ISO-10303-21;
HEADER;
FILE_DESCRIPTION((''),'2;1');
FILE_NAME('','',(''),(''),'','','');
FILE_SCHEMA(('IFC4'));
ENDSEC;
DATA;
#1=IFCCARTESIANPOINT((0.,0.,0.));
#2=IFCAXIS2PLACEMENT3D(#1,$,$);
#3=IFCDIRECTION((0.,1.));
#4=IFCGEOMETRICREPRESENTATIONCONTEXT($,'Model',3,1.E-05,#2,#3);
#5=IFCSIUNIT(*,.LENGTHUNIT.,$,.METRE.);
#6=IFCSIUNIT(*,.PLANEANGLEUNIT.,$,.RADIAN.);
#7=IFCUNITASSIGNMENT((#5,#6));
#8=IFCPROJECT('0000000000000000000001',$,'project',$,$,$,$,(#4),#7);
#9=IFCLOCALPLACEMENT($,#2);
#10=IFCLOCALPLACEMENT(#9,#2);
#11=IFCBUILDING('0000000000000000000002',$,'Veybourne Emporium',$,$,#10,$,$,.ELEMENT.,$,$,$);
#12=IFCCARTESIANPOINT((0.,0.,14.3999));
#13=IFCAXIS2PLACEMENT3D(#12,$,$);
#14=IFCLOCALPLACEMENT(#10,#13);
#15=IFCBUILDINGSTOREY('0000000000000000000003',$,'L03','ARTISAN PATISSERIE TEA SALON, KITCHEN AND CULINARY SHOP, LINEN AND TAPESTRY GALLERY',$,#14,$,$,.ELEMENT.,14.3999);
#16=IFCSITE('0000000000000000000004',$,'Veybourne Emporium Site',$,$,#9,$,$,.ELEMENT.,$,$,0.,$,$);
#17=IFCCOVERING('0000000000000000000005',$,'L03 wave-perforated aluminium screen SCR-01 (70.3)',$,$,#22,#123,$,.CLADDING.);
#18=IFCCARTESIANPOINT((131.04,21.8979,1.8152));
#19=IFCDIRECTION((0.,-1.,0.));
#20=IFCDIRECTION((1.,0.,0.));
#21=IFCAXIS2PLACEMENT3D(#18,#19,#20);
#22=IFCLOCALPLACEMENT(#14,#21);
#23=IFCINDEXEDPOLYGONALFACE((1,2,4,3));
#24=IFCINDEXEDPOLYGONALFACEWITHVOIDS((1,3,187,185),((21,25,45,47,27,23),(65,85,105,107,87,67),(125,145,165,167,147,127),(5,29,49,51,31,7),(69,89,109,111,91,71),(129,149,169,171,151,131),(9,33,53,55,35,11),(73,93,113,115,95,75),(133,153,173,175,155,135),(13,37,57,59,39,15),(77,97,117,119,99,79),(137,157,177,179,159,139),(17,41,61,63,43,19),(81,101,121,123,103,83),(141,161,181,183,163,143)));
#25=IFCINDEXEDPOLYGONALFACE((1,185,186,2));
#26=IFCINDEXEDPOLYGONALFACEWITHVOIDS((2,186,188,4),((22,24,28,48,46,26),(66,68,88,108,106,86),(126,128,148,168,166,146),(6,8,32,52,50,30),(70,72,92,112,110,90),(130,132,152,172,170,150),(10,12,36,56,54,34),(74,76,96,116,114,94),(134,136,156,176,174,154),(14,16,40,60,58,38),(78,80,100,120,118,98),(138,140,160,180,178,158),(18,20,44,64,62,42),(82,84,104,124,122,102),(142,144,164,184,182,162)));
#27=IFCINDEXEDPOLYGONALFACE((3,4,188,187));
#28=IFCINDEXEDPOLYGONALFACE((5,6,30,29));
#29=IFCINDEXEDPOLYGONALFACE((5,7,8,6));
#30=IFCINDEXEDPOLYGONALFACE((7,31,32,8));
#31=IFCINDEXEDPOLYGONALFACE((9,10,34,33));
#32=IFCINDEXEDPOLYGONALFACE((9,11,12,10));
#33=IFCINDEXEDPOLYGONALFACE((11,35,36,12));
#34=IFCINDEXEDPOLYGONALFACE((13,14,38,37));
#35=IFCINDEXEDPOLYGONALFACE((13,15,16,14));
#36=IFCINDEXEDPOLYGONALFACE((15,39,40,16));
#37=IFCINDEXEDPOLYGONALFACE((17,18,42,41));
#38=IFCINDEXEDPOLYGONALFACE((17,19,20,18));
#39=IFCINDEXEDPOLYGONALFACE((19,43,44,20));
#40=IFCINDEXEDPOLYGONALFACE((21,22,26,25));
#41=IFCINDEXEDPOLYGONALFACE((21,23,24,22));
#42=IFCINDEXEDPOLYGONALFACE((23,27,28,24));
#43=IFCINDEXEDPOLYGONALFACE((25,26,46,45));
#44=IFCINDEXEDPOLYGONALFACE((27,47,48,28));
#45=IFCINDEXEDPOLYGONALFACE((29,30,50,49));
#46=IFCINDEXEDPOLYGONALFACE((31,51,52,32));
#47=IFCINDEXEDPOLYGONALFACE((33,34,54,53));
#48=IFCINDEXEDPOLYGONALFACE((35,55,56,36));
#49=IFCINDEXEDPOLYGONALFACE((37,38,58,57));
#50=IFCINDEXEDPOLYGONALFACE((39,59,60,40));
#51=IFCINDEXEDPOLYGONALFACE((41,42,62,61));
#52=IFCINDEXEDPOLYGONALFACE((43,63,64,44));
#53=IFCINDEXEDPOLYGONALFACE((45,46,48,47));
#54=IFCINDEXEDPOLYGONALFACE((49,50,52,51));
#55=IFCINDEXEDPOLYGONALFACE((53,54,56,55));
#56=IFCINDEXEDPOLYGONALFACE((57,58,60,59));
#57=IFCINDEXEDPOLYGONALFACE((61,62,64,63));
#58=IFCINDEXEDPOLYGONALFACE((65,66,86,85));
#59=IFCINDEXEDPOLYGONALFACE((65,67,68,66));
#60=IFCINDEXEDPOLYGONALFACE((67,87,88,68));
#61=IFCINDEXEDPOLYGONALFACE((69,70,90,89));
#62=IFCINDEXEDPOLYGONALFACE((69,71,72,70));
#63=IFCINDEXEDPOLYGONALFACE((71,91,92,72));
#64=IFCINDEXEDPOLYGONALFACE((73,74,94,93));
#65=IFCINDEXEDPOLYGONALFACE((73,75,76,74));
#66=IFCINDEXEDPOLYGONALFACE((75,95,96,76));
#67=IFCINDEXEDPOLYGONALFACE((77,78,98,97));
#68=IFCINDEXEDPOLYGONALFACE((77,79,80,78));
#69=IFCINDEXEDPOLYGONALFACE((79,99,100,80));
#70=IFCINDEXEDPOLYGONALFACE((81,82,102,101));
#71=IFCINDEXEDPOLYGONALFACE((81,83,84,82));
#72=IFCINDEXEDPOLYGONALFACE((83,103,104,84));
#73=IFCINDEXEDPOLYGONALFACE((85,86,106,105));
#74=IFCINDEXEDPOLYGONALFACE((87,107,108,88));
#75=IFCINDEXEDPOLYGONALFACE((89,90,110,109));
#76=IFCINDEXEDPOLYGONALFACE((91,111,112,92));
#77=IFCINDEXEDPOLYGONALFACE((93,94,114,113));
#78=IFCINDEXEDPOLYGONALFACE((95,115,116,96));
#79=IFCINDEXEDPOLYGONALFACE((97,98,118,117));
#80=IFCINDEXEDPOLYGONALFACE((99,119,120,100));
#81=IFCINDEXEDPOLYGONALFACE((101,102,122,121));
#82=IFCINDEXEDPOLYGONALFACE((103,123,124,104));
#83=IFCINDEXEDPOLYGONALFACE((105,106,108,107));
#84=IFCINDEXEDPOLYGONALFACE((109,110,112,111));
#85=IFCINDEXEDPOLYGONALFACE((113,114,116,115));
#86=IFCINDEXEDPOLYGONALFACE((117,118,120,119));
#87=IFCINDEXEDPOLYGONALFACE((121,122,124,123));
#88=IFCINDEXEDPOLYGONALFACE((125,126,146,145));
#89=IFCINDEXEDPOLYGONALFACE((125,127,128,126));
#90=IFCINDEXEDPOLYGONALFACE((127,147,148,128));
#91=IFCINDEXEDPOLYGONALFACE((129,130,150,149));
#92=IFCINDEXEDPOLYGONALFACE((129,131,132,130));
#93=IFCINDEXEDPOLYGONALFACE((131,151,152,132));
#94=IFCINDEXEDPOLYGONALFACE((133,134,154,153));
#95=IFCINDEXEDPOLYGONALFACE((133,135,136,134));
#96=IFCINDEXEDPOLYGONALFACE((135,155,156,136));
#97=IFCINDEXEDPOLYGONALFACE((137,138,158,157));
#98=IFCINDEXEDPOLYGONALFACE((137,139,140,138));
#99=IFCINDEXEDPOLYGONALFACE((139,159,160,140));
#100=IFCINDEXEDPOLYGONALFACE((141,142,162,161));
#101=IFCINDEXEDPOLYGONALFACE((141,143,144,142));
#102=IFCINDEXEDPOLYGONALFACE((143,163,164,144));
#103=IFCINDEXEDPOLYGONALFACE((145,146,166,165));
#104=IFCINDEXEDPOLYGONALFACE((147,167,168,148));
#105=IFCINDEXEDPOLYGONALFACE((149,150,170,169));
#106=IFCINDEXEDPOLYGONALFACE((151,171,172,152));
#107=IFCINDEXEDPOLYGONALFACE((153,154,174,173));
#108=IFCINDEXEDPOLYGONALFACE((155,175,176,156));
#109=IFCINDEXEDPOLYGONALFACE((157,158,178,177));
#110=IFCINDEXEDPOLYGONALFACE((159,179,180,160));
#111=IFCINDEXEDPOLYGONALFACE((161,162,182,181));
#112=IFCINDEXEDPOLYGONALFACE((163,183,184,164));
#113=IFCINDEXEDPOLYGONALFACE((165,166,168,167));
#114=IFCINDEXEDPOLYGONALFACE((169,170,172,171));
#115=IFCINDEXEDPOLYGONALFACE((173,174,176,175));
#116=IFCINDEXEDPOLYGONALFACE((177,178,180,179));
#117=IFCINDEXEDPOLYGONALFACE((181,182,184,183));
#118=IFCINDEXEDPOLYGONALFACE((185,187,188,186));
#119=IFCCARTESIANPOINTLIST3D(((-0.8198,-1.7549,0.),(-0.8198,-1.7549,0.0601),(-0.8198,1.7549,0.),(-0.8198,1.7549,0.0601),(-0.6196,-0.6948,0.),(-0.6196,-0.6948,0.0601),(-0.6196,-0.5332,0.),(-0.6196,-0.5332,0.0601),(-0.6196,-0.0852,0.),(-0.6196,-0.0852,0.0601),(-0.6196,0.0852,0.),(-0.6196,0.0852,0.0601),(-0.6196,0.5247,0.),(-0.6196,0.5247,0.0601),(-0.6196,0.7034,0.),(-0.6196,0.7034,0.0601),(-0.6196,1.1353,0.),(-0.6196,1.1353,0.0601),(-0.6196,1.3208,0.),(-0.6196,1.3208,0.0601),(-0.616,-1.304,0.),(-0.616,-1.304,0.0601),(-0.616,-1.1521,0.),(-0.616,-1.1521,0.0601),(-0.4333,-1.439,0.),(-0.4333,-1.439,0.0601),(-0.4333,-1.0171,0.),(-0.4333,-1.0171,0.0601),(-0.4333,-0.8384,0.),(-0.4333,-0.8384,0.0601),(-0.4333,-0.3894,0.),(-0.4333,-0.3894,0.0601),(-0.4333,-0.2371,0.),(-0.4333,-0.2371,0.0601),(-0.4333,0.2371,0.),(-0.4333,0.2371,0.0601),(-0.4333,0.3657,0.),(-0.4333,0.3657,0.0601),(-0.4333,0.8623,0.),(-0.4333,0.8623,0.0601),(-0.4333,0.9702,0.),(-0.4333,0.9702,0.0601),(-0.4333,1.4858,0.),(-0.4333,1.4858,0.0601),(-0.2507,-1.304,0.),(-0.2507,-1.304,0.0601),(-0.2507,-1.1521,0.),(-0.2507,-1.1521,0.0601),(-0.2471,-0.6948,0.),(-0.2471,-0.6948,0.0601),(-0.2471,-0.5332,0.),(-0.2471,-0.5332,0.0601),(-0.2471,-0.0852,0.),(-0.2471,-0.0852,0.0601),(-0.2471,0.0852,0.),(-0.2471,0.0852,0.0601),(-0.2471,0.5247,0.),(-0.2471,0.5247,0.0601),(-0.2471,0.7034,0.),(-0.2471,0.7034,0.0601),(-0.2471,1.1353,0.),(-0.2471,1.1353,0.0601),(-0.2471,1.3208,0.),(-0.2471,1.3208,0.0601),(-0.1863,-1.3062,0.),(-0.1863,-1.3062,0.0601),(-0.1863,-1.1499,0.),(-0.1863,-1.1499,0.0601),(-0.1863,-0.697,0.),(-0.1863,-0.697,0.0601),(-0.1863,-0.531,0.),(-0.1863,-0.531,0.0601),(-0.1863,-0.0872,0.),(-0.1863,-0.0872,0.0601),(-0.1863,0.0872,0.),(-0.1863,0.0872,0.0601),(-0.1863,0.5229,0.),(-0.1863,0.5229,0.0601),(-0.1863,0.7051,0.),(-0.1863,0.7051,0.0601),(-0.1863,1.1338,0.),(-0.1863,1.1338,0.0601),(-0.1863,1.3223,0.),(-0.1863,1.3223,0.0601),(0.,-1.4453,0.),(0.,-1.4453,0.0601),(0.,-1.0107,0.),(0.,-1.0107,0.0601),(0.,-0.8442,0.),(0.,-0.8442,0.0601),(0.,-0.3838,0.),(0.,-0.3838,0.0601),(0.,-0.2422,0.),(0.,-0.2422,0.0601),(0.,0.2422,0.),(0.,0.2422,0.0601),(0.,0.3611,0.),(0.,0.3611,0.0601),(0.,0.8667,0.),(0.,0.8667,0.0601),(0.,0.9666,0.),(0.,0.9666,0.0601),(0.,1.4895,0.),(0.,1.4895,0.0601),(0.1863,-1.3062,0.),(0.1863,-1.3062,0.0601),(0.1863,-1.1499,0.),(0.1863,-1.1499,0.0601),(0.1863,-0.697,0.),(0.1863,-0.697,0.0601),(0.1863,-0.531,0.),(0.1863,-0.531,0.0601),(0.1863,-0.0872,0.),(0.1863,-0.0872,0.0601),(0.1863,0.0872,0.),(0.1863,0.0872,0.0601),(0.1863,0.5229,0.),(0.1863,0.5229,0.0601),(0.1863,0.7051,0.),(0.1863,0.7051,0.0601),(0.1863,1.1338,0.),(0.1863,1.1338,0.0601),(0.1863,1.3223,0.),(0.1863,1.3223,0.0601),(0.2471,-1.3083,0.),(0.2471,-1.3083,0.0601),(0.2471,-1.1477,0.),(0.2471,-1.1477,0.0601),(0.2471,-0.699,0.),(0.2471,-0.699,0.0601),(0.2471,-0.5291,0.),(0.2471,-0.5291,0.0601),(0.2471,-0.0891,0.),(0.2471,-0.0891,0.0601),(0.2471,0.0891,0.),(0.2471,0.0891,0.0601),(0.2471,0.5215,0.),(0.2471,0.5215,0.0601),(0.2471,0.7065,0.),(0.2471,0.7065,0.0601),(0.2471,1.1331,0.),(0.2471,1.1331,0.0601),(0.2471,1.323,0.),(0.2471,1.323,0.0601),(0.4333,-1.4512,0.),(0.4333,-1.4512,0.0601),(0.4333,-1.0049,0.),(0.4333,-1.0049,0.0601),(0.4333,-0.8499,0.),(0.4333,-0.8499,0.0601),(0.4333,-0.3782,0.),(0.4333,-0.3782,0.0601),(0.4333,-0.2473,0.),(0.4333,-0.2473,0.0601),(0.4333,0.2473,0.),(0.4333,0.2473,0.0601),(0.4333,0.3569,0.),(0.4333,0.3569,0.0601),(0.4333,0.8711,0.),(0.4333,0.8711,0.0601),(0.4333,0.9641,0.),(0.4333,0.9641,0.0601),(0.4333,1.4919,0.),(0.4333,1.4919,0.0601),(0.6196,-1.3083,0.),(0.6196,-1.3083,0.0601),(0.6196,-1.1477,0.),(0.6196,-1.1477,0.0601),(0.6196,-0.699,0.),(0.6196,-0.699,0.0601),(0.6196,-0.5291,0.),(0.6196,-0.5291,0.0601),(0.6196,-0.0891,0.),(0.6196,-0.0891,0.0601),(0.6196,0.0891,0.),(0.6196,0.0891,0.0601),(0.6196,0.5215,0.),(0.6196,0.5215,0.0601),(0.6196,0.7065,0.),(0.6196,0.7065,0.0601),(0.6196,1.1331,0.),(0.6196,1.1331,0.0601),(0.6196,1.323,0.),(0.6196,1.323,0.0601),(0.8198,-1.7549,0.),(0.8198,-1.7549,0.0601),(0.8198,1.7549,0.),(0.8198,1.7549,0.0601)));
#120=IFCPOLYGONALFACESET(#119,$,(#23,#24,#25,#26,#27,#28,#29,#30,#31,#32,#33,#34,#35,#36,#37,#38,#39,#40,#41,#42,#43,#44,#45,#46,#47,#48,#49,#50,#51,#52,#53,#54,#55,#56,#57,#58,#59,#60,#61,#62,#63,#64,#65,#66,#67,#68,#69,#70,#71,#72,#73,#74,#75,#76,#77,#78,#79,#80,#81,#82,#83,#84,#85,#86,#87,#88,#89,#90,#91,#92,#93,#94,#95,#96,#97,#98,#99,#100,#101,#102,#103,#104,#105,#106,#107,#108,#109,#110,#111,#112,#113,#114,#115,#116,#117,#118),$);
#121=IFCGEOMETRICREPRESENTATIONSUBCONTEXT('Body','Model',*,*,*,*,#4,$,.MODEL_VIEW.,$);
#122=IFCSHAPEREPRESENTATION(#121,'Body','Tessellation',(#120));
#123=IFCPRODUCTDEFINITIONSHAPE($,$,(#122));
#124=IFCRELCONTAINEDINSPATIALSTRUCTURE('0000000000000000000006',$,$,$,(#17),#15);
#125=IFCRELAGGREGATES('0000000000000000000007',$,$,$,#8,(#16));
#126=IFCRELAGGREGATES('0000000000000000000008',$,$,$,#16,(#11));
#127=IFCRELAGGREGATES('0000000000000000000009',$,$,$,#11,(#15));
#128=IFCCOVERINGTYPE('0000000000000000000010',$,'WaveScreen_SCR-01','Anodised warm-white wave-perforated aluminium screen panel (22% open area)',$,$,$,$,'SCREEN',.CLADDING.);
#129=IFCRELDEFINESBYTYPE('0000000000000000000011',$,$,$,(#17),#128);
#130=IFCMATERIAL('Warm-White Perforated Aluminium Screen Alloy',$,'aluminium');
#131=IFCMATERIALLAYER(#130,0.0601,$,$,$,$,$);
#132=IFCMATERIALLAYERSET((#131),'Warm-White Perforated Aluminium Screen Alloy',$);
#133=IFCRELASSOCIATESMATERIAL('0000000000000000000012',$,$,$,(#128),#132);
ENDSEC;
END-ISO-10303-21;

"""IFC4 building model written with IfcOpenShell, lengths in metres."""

from ifc_helpers import new_model, si_unit, direction, frame, origin, place, context, subcontext, project, spatial, polyline, outline, extrude, material, layer, layer_set, type_object, element, save


model = new_model("IFC4")

# Units and contexts
model_context = context("Model", 3, precision=1e-05, world=origin(), true_north=direction((0.0, 1.0)))
body_context = subcontext(model_context, "Body", "Model", "MODEL_VIEW")
ifc_project = project(units=[si_unit("LENGTHUNIT", "METRE"), si_unit("PLANEANGLEUNIT", "RADIAN")], contexts=[model_context])

# Site, building, storey
site_placement = place(None, origin())
site = spatial("IfcSite", under=ifc_project, at=site_placement, Name="Veybourne Emporium Site", CompositionType="ELEMENT", RefElevation=0.0)
building_placement = place(site_placement, origin())
building = spatial("IfcBuilding", under=site, at=building_placement, Name="Veybourne Emporium", CompositionType="ELEMENT")
storey_placement = place(building_placement, frame((0.0, 0.0, 14.3999)))
storey = spatial("IfcBuildingStorey", under=building, at=storey_placement, Name="L03", Description="ARTISAN PATISSERIE TEA SALON, KITCHEN AND CULINARY SHOP, LINEN AND TAPESTRY GALLERY", CompositionType="ELEMENT", Elevation=14.3999)

# Covering
ifc_material_1 = material(Name="Warm-White Perforated Aluminium Screen Alloy", Category="aluminium")
ifc_layer_1 = layer(ifc_material_1, 0.0601)
ifc_layer_set_1 = layer_set([ifc_layer_1], Name="Warm-White Perforated Aluminium Screen Alloy")
covering_type_1 = type_object("IfcCoveringType", Name="WaveScreen_SCR-01", Description="Anodised warm-white wave-perforated aluminium screen panel (22% open area)", ElementType="SCREEN", PredefinedType="CLADDING", material=ifc_layer_set_1)
covering_1_placement = place(storey_placement, frame((131.04, 21.8979, 1.8152), z_axis=(0.0, -1.0, 0.0), x_axis=(1.0, 0.0, 0.0)))
element("IfcCovering", 1, at=covering_1_placement, inside=storey, type_object=covering_type_1, Name="L03 wave-perforated aluminium screen SCR-01 (70.3)", PredefinedType="CLADDING", context=body_context, shape_type="SweptSolid", body=[
    extrude(outline(polyline([(-0.8198, -1.7549), (0.8198, -1.7549), (0.8198, 1.7549), (-0.8198, 1.7549), (-0.8198, -1.7549)]), holes=[polyline([(-0.4333, -1.0171), (-0.2507, -1.1521), (-0.2507, -1.304), (-0.4333, -1.439), (-0.616, -1.304), (-0.616, -1.1521), (-0.4333, -1.0171)]), polyline([(-0.4333, -0.3894), (-0.2471, -0.5332), (-0.2471, -0.6948), (-0.4333, -0.8384), (-0.6196, -0.6948), (-0.6196, -0.5332), (-0.4333, -0.3894)]), polyline([(-0.4333, 0.2371), (-0.2471, 0.0852), (-0.2471, -0.0852), (-0.4333, -0.2371), (-0.6196, -0.0852), (-0.6196, 0.0852), (-0.4333, 0.2371)]), polyline([(-0.4333, 0.8623), (-0.2471, 0.7034), (-0.2471, 0.5247), (-0.4333, 0.3657), (-0.6196, 0.5247), (-0.6196, 0.7034), (-0.4333, 0.8623)]), polyline([(-0.4333, 1.4858), (-0.2471, 1.3208), (-0.2471, 1.1353), (-0.4333, 0.9702), (-0.6196, 1.1353), (-0.6196, 1.3208), (-0.4333, 1.4858)]), polyline([(0.0, -1.0107), (0.1863, -1.1499), (0.1863, -1.3062), (0.0, -1.4453), (-0.1863, -1.3062), (-0.1863, -1.1499), (0.0, -1.0107)]), polyline([(0.0, -0.3838), (0.1863, -0.531), (0.1863, -0.697), (0.0, -0.8442), (-0.1863, -0.697), (-0.1863, -0.531), (0.0, -0.3838)]), polyline([(0.0, 0.2422), (0.1863, 0.0872), (0.1863, -0.0872), (0.0, -0.2422), (-0.1863, -0.0872), (-0.1863, 0.0872), (0.0, 0.2422)]), polyline([(0.0, 0.8667), (0.1863, 0.7051), (0.1863, 0.5229), (0.0, 0.3611), (-0.1863, 0.5229), (-0.1863, 0.7051), (0.0, 0.8667)]), polyline([(0.0, 1.4895), (0.1863, 1.3223), (0.1863, 1.1338), (0.0, 0.9666), (-0.1863, 1.1338), (-0.1863, 1.3223), (0.0, 1.4895)]), polyline([(0.4333, -1.0049), (0.6196, -1.1477), (0.6196, -1.3083), (0.4333, -1.4512), (0.2471, -1.3083), (0.2471, -1.1477), (0.4333, -1.0049)]), polyline([(0.4333, -0.3782), (0.6196, -0.5291), (0.6196, -0.699), (0.4333, -0.8499), (0.2471, -0.699), (0.2471, -0.5291), (0.4333, -0.3782)]), polyline([(0.4333, 0.2473), (0.6196, 0.0891), (0.6196, -0.0891), (0.4333, -0.2473), (0.2471, -0.0891), (0.2471, 0.0891), (0.4333, 0.2473)]), polyline([(0.4333, 0.8711), (0.6196, 0.7065), (0.6196, 0.5215), (0.4333, 0.3569), (0.2471, 0.5215), (0.2471, 0.7065), (0.4333, 0.8711)]), polyline([(0.4333, 1.4919), (0.6196, 1.323), (0.6196, 1.1331), (0.4333, 0.9641), (0.2471, 1.1331), (0.2471, 1.323), (0.4333, 1.4919)])]), origin(), (0.0, 0.0, 1.0), 0.0601),
])

save(model, "model.ifc")
